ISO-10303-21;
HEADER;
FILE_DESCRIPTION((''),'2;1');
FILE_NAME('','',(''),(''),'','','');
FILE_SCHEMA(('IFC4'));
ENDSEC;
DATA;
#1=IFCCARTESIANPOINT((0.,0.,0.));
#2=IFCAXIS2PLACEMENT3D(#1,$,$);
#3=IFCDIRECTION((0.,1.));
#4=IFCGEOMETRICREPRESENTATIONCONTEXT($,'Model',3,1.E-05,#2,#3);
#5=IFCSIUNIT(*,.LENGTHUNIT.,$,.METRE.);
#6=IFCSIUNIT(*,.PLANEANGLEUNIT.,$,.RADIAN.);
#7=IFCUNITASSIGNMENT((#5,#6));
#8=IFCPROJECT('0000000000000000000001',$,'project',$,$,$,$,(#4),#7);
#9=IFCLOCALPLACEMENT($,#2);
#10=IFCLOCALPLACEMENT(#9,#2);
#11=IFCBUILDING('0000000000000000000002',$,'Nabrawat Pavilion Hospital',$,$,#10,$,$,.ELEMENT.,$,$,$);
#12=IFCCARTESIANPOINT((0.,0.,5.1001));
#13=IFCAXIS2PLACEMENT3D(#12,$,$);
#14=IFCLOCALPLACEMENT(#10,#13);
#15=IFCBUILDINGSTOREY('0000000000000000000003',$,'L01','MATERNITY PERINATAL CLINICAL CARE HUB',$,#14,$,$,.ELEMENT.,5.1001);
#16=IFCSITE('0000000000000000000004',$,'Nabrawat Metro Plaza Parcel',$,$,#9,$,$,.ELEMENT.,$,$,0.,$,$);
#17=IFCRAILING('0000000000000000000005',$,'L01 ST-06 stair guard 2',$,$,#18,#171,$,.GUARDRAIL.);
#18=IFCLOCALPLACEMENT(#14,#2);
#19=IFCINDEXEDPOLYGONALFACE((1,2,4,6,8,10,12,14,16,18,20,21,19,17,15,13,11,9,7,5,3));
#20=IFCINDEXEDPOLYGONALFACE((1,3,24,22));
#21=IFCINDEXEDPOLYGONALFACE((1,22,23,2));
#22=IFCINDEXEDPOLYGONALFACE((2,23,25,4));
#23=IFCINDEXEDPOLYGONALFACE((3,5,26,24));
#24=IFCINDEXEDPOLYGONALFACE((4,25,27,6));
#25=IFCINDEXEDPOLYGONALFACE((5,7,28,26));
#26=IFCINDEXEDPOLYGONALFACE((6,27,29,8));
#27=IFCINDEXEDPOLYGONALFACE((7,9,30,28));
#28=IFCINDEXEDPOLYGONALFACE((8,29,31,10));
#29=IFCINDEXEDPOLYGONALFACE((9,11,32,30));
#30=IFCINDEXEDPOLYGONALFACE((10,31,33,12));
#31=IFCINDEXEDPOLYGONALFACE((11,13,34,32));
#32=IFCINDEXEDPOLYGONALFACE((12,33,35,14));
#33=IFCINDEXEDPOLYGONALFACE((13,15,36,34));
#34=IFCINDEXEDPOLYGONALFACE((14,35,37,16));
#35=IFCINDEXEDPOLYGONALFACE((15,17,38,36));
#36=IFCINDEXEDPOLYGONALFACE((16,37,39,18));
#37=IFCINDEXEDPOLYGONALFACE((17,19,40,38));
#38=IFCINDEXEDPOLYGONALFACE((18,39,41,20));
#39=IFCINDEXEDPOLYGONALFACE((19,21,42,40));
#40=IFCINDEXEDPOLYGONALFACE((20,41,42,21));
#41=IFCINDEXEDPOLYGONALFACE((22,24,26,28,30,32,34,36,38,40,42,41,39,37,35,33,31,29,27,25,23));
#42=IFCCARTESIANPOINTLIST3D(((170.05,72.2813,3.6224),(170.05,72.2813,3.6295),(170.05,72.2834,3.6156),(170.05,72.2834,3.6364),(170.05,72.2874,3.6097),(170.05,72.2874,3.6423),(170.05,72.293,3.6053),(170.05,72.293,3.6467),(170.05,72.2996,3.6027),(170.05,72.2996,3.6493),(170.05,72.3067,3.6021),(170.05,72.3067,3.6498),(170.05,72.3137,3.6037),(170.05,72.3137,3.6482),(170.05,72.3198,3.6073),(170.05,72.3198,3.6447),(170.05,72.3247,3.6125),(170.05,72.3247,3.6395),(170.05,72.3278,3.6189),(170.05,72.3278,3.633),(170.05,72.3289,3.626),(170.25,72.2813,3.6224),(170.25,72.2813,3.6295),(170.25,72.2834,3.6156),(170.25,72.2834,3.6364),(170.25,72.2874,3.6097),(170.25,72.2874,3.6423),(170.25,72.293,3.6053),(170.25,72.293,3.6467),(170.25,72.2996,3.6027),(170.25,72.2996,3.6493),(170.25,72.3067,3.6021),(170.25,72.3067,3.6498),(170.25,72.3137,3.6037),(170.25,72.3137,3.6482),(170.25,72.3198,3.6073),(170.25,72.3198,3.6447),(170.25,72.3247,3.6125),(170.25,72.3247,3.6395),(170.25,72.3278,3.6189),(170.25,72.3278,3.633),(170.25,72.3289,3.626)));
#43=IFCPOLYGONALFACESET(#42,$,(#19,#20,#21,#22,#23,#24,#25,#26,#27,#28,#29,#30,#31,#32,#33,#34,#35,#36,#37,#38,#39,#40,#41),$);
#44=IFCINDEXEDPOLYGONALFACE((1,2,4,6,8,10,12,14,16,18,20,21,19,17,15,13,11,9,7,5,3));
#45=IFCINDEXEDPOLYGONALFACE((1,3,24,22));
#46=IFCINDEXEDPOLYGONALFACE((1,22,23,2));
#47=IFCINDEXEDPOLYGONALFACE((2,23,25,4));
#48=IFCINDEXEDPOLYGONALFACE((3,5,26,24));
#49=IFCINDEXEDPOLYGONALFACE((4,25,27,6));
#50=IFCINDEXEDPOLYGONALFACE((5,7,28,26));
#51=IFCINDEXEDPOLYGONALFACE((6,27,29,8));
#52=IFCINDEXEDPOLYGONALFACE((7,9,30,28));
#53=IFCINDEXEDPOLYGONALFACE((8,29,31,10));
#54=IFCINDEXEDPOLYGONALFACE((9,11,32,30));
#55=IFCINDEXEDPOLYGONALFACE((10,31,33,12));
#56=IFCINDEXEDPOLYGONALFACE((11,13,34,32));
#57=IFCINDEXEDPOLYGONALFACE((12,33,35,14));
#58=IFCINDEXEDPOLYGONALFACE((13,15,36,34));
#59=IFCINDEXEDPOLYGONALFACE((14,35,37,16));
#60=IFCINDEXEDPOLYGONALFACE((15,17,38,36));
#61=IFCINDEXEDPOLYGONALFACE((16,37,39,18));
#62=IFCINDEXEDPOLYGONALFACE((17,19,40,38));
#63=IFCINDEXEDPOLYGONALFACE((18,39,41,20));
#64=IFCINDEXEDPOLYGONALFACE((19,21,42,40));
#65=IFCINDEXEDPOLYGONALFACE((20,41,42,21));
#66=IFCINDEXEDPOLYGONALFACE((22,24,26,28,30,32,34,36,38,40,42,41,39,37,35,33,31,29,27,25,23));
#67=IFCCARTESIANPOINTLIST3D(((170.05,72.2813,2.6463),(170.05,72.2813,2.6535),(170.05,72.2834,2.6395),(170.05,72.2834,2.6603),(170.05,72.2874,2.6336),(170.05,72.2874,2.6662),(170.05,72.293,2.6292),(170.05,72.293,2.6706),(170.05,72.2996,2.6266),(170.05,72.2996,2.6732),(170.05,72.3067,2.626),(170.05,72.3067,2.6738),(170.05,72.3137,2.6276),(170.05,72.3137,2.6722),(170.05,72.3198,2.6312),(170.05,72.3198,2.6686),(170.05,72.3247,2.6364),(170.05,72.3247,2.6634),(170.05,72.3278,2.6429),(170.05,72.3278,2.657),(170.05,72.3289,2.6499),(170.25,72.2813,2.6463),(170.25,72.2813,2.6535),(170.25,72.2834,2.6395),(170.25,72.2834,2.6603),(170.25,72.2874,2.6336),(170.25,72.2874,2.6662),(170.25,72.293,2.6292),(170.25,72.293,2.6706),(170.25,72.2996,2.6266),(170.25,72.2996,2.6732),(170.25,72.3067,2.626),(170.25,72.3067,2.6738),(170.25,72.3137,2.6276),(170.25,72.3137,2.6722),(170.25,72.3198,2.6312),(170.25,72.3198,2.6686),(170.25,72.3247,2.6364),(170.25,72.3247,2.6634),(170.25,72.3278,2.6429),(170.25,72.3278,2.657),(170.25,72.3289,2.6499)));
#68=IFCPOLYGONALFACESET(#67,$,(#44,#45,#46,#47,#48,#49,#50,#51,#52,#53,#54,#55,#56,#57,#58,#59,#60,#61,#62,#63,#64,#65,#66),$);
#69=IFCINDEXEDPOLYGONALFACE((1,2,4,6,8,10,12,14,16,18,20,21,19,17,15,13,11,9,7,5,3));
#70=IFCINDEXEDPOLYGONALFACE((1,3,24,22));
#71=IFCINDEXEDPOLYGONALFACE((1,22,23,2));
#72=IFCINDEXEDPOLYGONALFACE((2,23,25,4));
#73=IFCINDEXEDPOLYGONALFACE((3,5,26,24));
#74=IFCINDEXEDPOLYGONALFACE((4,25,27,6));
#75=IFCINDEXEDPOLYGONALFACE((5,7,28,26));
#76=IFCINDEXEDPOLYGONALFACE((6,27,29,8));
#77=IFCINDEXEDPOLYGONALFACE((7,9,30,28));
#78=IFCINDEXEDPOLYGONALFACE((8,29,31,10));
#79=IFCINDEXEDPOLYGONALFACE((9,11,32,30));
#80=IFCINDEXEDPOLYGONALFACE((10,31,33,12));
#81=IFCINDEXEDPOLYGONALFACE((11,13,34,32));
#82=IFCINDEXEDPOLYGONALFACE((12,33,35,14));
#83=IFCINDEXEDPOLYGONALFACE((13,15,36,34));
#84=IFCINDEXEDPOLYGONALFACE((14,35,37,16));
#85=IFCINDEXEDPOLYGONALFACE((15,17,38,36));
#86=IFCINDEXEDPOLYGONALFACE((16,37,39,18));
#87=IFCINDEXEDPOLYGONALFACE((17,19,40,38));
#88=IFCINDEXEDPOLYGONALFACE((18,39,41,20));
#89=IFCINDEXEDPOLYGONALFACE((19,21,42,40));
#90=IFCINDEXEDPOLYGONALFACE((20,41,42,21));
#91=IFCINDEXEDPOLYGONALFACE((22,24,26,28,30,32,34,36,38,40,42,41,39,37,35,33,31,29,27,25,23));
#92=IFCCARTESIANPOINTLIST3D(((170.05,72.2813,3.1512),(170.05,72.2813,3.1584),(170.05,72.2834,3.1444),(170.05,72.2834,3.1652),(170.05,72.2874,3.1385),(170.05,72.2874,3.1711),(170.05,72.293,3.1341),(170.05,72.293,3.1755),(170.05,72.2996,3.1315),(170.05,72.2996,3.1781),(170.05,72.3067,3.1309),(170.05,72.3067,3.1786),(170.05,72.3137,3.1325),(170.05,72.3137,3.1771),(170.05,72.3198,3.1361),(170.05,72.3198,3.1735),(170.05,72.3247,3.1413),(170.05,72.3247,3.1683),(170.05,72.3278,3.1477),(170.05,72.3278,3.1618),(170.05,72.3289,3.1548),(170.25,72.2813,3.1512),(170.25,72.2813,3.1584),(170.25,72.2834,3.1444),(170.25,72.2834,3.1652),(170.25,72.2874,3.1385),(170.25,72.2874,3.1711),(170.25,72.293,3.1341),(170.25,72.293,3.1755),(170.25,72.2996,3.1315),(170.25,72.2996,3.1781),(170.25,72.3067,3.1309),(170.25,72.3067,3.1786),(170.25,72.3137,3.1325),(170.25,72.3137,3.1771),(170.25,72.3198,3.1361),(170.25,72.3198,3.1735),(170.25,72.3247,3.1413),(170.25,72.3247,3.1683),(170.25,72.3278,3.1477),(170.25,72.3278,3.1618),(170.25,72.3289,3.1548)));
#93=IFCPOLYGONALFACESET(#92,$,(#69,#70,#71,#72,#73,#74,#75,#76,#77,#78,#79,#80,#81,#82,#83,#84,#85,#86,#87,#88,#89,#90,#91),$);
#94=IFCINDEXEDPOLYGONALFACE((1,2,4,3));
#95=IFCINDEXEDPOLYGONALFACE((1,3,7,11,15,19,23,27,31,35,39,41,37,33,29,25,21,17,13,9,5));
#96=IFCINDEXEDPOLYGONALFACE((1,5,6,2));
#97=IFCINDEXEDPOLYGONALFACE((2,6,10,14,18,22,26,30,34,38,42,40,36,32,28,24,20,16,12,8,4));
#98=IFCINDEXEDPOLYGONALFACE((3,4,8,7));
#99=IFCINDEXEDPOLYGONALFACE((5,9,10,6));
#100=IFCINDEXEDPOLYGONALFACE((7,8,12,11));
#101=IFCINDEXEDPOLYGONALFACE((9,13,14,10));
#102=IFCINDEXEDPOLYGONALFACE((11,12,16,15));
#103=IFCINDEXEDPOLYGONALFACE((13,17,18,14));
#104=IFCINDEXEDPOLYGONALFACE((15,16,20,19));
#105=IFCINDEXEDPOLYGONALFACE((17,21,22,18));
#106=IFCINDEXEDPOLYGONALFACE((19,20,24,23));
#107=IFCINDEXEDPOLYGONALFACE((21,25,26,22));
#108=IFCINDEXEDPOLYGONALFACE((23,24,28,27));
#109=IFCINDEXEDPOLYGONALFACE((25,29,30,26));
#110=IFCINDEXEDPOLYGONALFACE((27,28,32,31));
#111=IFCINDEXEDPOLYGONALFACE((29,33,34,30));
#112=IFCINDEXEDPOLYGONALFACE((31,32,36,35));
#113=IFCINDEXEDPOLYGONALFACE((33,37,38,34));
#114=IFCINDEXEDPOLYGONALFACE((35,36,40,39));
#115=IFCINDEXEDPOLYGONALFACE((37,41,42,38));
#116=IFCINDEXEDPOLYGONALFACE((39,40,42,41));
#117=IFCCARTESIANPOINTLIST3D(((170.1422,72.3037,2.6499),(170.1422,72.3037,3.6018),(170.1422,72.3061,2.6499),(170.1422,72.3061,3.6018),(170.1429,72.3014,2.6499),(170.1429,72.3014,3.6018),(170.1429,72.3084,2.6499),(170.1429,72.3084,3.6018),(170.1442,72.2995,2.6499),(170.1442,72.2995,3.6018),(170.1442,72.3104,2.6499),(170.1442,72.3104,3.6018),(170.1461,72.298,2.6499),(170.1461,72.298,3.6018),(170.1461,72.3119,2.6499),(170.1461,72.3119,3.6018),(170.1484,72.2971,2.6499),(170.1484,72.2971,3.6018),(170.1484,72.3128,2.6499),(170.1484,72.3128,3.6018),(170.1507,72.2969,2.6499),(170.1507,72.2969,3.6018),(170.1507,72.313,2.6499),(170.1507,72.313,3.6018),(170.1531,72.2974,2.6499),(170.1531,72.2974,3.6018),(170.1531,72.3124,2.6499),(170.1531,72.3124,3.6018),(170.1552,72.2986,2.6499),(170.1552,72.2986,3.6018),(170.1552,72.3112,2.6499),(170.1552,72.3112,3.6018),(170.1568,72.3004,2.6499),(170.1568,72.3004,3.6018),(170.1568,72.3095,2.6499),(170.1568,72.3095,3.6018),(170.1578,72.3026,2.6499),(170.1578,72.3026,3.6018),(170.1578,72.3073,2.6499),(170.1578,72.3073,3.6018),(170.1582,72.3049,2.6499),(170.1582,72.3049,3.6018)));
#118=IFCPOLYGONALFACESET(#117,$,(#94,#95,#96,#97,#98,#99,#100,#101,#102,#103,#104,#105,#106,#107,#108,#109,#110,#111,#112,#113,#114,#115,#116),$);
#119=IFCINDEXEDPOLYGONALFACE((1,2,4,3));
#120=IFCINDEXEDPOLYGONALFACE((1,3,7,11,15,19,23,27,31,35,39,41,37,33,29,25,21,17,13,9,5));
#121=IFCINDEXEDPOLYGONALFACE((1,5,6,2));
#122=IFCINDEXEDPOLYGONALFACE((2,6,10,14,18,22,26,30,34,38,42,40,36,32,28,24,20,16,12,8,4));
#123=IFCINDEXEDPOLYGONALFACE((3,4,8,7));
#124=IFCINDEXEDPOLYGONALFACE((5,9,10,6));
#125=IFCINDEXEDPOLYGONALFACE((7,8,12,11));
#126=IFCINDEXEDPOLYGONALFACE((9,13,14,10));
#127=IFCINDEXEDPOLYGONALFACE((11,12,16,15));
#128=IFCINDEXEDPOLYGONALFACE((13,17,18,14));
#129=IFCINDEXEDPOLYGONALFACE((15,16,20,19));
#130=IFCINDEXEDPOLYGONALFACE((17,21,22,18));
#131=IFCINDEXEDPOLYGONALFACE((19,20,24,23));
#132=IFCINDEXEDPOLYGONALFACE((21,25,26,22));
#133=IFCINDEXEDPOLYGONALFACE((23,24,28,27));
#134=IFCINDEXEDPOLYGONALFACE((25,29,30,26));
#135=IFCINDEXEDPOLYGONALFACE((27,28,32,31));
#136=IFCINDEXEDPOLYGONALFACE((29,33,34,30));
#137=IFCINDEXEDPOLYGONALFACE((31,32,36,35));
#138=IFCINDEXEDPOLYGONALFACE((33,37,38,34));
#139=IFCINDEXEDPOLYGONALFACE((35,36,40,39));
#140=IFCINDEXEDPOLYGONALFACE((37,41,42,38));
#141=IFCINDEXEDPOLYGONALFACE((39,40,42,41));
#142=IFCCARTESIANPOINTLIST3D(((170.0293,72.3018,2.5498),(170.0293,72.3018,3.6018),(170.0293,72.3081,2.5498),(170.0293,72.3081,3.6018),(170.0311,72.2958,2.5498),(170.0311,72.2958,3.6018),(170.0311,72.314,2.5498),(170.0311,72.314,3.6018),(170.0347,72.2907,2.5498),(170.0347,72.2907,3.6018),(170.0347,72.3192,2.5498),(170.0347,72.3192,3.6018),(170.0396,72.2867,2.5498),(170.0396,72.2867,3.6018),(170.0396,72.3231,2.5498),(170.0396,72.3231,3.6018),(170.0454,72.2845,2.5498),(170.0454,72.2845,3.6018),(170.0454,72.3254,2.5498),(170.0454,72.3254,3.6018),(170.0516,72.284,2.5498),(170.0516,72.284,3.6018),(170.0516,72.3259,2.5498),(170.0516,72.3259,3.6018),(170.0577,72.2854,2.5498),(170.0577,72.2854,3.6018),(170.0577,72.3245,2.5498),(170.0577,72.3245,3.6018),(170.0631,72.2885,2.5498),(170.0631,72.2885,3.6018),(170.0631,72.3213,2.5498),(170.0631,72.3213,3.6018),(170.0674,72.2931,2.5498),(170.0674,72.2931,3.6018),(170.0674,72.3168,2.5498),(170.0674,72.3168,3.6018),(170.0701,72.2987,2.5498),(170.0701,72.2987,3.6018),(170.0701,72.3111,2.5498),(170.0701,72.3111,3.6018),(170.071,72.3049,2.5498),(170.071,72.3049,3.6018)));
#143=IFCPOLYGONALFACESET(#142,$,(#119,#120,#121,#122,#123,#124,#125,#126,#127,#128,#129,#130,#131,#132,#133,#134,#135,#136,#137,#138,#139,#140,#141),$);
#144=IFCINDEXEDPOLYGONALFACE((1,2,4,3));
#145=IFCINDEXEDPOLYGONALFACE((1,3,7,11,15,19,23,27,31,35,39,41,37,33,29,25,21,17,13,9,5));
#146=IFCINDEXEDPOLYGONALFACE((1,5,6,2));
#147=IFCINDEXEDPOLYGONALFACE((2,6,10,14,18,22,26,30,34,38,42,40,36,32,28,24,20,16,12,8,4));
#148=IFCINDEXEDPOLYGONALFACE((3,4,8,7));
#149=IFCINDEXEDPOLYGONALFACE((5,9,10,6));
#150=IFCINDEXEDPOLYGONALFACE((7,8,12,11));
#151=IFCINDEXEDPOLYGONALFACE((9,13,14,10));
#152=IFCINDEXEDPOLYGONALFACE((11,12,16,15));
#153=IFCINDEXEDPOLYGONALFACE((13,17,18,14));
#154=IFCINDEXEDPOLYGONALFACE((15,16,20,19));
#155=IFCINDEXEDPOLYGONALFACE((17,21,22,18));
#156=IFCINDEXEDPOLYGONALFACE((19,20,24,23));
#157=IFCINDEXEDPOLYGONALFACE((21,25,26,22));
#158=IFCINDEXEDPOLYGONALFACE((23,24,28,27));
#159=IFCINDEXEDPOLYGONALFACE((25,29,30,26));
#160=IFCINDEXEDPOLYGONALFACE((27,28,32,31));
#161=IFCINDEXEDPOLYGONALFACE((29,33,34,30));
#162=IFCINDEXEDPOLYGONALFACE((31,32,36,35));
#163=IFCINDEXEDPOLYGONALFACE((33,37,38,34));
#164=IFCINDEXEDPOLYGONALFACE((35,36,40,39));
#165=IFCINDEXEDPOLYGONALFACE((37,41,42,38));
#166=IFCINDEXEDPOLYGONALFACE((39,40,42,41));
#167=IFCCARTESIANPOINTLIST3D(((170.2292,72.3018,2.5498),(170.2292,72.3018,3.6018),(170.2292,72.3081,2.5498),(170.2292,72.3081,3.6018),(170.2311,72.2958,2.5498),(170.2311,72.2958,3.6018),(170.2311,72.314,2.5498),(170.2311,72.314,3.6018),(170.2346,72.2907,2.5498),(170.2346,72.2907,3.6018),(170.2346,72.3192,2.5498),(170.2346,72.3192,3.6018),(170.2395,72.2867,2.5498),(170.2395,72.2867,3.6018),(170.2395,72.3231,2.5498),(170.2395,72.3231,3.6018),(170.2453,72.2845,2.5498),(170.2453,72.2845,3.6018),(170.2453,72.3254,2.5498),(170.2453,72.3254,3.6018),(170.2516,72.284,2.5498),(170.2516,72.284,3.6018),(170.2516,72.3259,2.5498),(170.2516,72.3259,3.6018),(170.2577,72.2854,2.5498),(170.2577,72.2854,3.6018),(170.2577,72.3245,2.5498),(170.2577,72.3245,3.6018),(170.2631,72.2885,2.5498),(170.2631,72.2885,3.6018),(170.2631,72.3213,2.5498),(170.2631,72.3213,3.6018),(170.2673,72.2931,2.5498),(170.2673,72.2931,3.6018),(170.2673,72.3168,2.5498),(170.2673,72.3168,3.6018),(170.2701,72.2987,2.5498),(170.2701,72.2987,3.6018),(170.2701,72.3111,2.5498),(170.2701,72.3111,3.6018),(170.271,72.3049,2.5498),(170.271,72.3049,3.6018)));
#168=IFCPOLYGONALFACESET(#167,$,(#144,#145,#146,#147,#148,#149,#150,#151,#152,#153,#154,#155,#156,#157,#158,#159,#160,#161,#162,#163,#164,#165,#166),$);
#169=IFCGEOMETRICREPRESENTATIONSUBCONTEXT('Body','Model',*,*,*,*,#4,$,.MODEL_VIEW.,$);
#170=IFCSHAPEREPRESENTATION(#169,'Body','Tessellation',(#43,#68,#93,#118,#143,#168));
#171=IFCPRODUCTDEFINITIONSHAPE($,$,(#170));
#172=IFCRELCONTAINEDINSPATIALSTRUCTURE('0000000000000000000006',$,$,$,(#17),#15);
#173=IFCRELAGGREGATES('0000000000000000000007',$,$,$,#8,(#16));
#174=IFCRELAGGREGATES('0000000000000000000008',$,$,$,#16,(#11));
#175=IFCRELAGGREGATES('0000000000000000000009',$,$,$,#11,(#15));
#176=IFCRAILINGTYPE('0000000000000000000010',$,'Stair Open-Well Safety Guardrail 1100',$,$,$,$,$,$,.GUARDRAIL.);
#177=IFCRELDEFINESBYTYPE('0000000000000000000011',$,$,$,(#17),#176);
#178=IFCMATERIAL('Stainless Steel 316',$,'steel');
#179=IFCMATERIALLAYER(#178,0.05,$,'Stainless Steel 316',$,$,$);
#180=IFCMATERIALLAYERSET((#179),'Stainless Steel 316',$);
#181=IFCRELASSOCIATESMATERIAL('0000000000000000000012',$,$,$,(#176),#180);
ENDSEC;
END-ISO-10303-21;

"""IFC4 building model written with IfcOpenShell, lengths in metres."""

from ifc_helpers import new_model, si_unit, direction, frame, origin, origin_2d, place, context, subcontext, project, spatial, circle, extrude, material, layer, layer_set, type_object, element, save


model = new_model("IFC4")

# Units and contexts
model_context = context("Model", 3, precision=1e-05, world=origin(), true_north=direction((0.0, 1.0)))
body_context = subcontext(model_context, "Body", "Model", "MODEL_VIEW")
ifc_project = project(units=[si_unit("LENGTHUNIT", "METRE"), si_unit("PLANEANGLEUNIT", "RADIAN")], contexts=[model_context])

# Site, building, storey
site_placement = place(None, origin())
site = spatial("IfcSite", under=ifc_project, at=site_placement, Name="Nabrawat Metro Plaza Parcel", CompositionType="ELEMENT", RefElevation=0.0)
building_placement = place(site_placement, origin())
building = spatial("IfcBuilding", under=site, at=building_placement, Name="Nabrawat Pavilion Hospital", CompositionType="ELEMENT")
storey_placement = place(building_placement, frame((0.0, 0.0, 5.1001)))
storey = spatial("IfcBuildingStorey", under=building, at=storey_placement, Name="L01", Description="MATERNITY PERINATAL CLINICAL CARE HUB", CompositionType="ELEMENT", Elevation=5.1001)

# Railing
ifc_material_1 = material(Name="Stainless Steel 316", Category="steel")
ifc_layer_1 = layer(ifc_material_1, 0.05, Name="Stainless Steel 316")
ifc_layer_set_1 = layer_set([ifc_layer_1], Name="Stainless Steel 316")
railing_type_1 = type_object("IfcRailingType", Name="Stair Open-Well Safety Guardrail 1100", PredefinedType="GUARDRAIL", material=ifc_layer_set_1)
railing_1_placement = place(storey_placement, frame((170.05, 72.3049, 2.5498)))
element("IfcRailing", 1, at=railing_1_placement, inside=storey, type_object=railing_type_1, Name="L01 ST-06 stair guard 2", PredefinedType="GUARDRAIL", context=body_context, shape_type="SweptSolid", body=[
    extrude(circle(Radius=0.0239, at=origin_2d()), frame((0.0, 0.0, 1.0762), z_axis=(1.0, 0.0, 0.0), x_axis=(0.0, 1.0, 0.0)), (0.0, 0.0, 1.0), 0.2),
    extrude(circle(Radius=0.0239, at=origin_2d()), frame((0.0, 0.0, 0.1001), z_axis=(1.0, 0.0, 0.0), x_axis=(0.0, 1.0, 0.0)), (0.0, 0.0, 1.0), 0.2),
    extrude(circle(Radius=0.0239, at=origin_2d()), frame((0.0, 0.0, 0.605), z_axis=(1.0, 0.0, 0.0), x_axis=(0.0, 1.0, 0.0)), (0.0, 0.0, 1.0), 0.2),
    extrude(circle(Radius=0.0081, at=origin_2d()), frame((0.1001, 0.0, 0.1001)), (0.0, 0.0, 1.0), 0.9519),
    extrude(circle(Radius=0.021, at=origin_2d()), origin(), (0.0, 0.0, 1.0), 1.052),
    extrude(circle(Radius=0.021, at=origin_2d()), frame((0.2, 0.0, 0.0)), (0.0, 0.0, 1.0), 1.052),
])

save(model, "model.ifc")
